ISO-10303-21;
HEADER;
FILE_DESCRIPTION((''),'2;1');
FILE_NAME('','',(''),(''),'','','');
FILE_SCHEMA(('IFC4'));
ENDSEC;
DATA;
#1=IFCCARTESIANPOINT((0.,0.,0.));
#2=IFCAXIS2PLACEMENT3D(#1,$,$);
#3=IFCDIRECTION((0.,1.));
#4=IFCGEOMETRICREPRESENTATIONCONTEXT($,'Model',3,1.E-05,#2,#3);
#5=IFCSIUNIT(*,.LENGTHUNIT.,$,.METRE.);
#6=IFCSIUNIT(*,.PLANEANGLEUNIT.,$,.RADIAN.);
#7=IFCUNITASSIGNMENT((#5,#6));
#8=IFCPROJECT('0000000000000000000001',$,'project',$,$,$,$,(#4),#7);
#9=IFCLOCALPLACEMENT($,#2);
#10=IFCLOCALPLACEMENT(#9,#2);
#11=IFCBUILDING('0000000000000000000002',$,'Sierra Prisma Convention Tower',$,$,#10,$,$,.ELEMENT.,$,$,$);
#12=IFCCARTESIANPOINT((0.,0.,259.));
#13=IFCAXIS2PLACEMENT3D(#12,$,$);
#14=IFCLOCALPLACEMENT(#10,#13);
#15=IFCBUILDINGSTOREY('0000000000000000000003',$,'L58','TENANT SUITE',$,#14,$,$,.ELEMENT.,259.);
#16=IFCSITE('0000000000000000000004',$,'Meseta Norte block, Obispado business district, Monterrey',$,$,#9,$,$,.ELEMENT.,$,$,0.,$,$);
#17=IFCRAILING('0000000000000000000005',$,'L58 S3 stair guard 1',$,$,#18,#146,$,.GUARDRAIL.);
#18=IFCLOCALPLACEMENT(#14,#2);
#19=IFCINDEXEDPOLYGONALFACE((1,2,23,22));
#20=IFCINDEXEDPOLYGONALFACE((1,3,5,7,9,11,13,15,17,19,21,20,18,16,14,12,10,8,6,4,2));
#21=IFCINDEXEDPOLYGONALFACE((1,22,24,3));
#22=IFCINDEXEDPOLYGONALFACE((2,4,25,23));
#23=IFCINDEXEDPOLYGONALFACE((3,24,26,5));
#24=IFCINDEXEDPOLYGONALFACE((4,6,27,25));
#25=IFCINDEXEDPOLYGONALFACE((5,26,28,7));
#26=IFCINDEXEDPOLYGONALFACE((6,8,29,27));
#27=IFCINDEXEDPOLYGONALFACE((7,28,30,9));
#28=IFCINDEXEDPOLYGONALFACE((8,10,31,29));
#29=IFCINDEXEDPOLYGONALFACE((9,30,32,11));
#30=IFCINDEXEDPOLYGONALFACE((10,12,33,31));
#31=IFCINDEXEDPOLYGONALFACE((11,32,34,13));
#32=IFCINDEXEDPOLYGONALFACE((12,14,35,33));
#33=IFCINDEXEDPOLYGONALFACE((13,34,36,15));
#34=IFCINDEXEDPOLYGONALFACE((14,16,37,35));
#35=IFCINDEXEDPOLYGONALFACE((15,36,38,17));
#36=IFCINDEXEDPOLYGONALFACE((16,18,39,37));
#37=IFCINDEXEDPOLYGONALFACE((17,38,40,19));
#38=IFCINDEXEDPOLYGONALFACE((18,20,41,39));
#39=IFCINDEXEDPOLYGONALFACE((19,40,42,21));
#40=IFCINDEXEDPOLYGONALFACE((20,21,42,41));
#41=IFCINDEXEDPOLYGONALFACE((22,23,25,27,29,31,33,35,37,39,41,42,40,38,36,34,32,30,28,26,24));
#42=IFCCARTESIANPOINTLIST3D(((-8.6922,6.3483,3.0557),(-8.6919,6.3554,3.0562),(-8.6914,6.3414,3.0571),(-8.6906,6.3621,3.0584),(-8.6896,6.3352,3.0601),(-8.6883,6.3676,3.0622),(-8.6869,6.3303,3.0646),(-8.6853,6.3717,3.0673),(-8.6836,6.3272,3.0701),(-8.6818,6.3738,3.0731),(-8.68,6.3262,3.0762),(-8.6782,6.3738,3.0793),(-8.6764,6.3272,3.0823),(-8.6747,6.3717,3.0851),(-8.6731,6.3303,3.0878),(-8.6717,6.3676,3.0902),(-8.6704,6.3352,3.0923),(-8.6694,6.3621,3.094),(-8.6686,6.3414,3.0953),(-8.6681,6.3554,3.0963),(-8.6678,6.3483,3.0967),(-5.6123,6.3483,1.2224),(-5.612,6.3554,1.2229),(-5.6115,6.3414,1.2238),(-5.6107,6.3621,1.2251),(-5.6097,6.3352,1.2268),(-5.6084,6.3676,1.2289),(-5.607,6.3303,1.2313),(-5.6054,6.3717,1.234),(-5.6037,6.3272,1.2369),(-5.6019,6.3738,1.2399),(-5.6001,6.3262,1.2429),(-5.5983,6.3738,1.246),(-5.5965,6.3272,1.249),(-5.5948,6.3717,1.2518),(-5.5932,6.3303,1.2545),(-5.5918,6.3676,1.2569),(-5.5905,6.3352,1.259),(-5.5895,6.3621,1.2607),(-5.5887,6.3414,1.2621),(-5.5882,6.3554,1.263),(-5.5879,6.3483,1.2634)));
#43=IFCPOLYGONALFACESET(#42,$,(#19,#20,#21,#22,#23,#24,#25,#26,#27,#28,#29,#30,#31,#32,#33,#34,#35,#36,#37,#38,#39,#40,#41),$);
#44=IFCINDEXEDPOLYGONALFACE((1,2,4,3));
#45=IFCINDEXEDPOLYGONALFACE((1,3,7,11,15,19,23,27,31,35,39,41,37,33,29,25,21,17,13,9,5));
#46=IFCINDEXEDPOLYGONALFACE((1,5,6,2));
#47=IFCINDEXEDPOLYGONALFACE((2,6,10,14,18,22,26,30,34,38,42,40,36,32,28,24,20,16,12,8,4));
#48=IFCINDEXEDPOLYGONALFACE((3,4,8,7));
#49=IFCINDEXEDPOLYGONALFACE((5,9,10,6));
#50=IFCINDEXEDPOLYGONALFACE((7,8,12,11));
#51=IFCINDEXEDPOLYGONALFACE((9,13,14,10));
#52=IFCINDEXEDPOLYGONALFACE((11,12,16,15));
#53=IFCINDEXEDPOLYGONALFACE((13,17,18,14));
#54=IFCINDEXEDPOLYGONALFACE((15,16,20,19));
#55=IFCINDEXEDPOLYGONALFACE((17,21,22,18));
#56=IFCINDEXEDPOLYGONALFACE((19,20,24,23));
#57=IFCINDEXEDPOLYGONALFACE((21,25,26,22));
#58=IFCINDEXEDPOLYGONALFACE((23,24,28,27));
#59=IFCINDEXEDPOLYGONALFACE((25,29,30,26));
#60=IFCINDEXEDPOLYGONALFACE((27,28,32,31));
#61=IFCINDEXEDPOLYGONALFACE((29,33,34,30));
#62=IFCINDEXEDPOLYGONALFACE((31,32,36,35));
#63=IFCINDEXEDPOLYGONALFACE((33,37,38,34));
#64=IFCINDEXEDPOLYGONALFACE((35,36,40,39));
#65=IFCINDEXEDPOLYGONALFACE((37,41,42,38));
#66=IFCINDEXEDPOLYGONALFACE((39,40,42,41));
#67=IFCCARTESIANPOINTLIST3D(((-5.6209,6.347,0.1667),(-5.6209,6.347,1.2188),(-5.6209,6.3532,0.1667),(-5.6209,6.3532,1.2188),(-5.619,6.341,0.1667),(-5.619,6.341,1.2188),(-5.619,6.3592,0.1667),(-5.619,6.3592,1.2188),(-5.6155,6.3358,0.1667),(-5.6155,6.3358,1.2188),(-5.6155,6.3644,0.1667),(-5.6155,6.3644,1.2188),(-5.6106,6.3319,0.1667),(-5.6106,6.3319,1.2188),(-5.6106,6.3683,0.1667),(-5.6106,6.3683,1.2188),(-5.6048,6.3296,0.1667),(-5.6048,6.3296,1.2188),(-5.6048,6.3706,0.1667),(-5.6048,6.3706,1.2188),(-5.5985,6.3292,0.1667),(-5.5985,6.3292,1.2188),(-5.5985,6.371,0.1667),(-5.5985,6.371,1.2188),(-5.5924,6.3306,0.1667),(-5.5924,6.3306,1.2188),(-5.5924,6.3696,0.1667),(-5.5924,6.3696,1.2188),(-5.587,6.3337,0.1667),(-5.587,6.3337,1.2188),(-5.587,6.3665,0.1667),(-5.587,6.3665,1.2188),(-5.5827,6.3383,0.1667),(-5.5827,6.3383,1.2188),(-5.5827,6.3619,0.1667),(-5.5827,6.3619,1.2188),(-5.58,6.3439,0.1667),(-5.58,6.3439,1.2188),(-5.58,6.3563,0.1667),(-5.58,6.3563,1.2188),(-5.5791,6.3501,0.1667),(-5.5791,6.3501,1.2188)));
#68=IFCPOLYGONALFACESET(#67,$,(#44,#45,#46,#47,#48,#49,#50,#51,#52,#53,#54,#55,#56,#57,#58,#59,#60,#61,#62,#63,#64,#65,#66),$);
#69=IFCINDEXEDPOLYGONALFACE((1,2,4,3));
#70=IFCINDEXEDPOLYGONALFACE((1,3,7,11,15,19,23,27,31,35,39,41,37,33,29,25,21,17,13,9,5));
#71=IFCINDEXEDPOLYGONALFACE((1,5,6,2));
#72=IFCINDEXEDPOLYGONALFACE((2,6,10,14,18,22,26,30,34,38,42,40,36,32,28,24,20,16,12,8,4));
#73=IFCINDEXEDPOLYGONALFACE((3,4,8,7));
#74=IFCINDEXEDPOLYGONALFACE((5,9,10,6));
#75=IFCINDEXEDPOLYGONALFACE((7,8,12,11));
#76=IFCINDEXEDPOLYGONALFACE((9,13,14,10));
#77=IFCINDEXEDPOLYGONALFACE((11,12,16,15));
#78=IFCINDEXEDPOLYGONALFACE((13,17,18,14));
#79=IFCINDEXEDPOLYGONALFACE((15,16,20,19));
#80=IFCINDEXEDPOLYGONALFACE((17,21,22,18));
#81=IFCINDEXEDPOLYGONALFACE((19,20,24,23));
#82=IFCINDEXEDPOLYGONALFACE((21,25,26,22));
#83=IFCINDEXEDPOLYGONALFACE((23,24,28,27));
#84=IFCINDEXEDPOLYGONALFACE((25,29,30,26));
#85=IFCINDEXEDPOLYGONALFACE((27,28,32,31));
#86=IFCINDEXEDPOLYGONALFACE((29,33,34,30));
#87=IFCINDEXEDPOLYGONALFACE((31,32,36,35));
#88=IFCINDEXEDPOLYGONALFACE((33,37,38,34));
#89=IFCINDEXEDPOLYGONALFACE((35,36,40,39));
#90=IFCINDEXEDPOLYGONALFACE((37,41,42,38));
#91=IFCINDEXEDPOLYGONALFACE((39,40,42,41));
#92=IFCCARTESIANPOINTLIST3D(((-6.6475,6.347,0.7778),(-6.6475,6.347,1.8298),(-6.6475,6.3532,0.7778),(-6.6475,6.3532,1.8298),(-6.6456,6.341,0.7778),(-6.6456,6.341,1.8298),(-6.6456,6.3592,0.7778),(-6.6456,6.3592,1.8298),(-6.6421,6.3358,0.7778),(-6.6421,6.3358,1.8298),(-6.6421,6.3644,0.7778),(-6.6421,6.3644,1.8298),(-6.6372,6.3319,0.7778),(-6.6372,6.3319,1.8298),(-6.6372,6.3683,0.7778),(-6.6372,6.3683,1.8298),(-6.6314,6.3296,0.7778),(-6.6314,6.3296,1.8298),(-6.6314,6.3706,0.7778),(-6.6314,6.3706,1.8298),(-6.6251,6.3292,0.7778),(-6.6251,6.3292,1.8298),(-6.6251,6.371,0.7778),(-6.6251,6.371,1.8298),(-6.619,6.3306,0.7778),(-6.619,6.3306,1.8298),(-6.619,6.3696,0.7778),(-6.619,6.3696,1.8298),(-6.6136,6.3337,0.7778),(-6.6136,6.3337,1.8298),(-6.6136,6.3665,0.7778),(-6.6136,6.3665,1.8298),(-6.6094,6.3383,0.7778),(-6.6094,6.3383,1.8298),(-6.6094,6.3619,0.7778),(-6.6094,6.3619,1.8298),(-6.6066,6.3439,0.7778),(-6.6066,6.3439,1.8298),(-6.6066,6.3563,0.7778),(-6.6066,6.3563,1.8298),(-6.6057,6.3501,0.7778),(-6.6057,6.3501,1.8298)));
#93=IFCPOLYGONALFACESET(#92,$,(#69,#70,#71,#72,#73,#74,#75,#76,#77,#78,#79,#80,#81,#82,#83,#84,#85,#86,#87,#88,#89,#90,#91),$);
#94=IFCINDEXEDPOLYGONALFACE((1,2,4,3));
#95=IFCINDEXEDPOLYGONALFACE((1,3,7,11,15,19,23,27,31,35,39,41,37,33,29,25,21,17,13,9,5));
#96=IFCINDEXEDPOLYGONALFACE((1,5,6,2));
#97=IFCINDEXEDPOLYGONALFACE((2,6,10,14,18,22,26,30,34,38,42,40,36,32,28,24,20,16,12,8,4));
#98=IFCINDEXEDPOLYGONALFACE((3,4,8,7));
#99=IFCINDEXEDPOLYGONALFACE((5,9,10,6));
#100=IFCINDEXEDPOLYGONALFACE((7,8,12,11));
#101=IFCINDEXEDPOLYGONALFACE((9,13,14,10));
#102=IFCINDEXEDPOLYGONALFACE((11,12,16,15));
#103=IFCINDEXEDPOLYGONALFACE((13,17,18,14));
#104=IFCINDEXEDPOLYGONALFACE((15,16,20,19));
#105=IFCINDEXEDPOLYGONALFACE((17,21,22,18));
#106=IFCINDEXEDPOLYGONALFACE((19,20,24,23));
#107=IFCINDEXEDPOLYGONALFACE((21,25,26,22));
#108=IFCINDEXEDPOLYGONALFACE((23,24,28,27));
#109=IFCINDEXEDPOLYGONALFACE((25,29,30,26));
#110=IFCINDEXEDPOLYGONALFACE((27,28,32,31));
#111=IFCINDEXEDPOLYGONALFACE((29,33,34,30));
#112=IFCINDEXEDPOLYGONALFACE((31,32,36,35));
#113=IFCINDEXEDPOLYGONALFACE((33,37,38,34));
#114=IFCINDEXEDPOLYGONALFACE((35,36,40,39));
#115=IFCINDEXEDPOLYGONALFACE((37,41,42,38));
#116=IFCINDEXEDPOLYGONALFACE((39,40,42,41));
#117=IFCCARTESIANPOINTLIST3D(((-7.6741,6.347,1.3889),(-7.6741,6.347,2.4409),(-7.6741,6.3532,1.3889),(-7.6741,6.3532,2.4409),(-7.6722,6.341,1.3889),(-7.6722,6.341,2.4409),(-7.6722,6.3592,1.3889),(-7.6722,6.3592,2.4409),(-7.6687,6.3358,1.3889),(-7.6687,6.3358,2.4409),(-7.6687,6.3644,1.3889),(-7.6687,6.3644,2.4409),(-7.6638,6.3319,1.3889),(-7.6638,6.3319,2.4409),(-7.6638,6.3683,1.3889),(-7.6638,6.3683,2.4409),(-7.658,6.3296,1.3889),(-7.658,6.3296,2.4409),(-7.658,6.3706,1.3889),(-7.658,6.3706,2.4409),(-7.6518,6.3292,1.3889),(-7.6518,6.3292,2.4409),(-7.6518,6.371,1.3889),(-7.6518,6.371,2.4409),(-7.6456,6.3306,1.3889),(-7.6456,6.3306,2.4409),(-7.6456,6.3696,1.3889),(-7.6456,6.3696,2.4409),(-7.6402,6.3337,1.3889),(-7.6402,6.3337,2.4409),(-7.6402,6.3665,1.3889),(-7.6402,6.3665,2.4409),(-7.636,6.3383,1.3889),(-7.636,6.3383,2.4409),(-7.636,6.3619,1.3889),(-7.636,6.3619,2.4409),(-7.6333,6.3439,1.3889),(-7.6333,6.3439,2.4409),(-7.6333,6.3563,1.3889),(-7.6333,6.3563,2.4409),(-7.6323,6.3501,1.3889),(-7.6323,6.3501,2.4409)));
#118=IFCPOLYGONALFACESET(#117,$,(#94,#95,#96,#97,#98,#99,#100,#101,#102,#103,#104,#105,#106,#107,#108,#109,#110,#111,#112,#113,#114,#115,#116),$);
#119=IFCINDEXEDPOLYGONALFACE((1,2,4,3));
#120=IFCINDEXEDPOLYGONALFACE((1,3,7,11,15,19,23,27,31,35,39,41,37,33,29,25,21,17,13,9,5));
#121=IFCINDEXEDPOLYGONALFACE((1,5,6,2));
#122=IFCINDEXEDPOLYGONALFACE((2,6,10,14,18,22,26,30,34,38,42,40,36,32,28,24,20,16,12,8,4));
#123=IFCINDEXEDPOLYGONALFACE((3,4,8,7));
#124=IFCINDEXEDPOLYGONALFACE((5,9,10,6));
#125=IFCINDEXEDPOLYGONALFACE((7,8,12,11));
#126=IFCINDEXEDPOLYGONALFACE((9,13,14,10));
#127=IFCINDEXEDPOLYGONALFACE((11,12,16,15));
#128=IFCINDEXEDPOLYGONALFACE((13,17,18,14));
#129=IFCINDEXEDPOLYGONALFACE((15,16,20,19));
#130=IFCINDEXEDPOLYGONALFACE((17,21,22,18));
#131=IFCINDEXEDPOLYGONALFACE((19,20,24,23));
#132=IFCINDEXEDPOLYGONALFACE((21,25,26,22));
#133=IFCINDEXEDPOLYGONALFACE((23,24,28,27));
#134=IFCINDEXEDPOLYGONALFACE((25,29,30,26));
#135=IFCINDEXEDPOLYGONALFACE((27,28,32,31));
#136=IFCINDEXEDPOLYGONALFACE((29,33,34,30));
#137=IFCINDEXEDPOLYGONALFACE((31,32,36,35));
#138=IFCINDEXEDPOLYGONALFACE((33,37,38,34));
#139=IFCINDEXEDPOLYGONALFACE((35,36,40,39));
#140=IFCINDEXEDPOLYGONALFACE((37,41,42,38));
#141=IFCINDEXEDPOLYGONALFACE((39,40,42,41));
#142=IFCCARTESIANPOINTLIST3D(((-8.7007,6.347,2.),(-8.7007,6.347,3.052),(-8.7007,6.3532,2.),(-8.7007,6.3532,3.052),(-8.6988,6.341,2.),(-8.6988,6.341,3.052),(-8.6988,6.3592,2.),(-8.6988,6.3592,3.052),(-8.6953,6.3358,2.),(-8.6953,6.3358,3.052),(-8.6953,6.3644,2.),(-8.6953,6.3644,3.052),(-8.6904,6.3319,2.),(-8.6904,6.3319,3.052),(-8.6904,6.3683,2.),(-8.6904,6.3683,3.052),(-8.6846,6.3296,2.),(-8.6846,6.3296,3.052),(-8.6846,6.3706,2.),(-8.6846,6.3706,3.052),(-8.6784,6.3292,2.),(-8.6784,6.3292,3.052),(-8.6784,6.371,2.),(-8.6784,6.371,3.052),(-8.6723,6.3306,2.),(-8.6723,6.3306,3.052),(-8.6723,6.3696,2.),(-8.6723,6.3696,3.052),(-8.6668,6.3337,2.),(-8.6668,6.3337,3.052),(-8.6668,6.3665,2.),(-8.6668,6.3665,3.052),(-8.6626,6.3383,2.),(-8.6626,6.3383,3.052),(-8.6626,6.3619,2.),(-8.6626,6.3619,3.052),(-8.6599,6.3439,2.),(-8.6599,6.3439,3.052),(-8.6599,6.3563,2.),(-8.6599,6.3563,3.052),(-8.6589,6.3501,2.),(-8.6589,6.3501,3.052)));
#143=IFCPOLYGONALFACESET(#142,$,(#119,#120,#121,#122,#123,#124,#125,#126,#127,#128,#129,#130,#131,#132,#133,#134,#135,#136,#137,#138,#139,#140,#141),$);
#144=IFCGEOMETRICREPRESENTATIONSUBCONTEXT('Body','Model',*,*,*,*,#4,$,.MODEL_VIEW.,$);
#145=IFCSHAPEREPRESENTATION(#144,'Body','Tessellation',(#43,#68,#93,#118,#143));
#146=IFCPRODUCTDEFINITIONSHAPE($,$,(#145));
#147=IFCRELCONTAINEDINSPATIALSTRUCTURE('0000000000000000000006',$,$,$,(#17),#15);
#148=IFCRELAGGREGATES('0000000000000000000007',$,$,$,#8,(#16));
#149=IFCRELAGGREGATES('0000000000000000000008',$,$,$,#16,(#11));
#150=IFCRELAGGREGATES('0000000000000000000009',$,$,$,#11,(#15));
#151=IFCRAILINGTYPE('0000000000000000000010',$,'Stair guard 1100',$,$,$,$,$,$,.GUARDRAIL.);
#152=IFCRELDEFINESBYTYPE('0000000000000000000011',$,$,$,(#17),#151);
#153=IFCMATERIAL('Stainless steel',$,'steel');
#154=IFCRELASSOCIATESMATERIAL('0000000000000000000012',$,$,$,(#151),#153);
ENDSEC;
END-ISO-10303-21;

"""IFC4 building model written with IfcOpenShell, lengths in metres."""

from ifc_helpers import new_model, si_unit, direction, frame, origin, origin_2d, place, context, subcontext, project, spatial, circle, extrude, material, type_object, element, save


model = new_model("IFC4")

# Units and contexts
model_context = context("Model", 3, precision=1e-05, world=origin(), true_north=direction((0.0, 1.0)))
body_context = subcontext(model_context, "Body", "Model", "MODEL_VIEW")
ifc_project = project(units=[si_unit("LENGTHUNIT", "METRE"), si_unit("PLANEANGLEUNIT", "RADIAN")], contexts=[model_context])

# Site, building, storey
site_placement = place(None, origin())
site = spatial("IfcSite", under=ifc_project, at=site_placement, Name="Meseta Norte block, Obispado business district, Monterrey", CompositionType="ELEMENT", RefElevation=0.0)
building_placement = place(site_placement, origin())
building = spatial("IfcBuilding", under=site, at=building_placement, Name="Sierra Prisma Convention Tower", CompositionType="ELEMENT")
storey_placement = place(building_placement, frame((0.0, 0.0, 259.0)))
storey = spatial("IfcBuildingStorey", under=building, at=storey_placement, Name="L58", Description="TENANT SUITE", CompositionType="ELEMENT", Elevation=259.0)

# Railing
ifc_material_1 = material(Name="Stainless steel", Category="steel")
railing_type_1 = type_object("IfcRailingType", Name="Stair guard 1100", PredefinedType="GUARDRAIL", material=ifc_material_1)
railing_1_placement = place(storey_placement, frame((-5.6001, 6.3501, 0.1667)))
element("IfcRailing", 1, at=railing_1_placement, inside=storey, type_object=railing_type_1, Name="L58 S3 stair guard 1", PredefinedType="GUARDRAIL", context=body_context, shape_type="SweptSolid", body=[
    extrude(circle(Radius=0.0239, at=origin_2d()), frame((0.0, 0.0, 1.0762), z_axis=(-0.859291, 0.0, 0.511487), x_axis=(0.0, -1.0, 0.0)), (0.0, 0.0, 1.0), 3.5842),
    extrude(circle(Radius=0.021, at=origin_2d()), origin(), (0.0, 0.0, 1.0), 1.052),
    extrude(circle(Radius=0.021, at=origin_2d()), frame((-1.0266, 0.0, 0.6111)), (0.0, 0.0, 1.0), 1.052),
    extrude(circle(Radius=0.021, at=origin_2d()), frame((-2.0532, 0.0, 1.2222)), (0.0, 0.0, 1.0), 1.052),
    extrude(circle(Radius=0.021, at=origin_2d()), frame((-3.0798, 0.0, 1.8333)), (0.0, 0.0, 1.0), 1.052),
])

save(model, "model.ifc")
